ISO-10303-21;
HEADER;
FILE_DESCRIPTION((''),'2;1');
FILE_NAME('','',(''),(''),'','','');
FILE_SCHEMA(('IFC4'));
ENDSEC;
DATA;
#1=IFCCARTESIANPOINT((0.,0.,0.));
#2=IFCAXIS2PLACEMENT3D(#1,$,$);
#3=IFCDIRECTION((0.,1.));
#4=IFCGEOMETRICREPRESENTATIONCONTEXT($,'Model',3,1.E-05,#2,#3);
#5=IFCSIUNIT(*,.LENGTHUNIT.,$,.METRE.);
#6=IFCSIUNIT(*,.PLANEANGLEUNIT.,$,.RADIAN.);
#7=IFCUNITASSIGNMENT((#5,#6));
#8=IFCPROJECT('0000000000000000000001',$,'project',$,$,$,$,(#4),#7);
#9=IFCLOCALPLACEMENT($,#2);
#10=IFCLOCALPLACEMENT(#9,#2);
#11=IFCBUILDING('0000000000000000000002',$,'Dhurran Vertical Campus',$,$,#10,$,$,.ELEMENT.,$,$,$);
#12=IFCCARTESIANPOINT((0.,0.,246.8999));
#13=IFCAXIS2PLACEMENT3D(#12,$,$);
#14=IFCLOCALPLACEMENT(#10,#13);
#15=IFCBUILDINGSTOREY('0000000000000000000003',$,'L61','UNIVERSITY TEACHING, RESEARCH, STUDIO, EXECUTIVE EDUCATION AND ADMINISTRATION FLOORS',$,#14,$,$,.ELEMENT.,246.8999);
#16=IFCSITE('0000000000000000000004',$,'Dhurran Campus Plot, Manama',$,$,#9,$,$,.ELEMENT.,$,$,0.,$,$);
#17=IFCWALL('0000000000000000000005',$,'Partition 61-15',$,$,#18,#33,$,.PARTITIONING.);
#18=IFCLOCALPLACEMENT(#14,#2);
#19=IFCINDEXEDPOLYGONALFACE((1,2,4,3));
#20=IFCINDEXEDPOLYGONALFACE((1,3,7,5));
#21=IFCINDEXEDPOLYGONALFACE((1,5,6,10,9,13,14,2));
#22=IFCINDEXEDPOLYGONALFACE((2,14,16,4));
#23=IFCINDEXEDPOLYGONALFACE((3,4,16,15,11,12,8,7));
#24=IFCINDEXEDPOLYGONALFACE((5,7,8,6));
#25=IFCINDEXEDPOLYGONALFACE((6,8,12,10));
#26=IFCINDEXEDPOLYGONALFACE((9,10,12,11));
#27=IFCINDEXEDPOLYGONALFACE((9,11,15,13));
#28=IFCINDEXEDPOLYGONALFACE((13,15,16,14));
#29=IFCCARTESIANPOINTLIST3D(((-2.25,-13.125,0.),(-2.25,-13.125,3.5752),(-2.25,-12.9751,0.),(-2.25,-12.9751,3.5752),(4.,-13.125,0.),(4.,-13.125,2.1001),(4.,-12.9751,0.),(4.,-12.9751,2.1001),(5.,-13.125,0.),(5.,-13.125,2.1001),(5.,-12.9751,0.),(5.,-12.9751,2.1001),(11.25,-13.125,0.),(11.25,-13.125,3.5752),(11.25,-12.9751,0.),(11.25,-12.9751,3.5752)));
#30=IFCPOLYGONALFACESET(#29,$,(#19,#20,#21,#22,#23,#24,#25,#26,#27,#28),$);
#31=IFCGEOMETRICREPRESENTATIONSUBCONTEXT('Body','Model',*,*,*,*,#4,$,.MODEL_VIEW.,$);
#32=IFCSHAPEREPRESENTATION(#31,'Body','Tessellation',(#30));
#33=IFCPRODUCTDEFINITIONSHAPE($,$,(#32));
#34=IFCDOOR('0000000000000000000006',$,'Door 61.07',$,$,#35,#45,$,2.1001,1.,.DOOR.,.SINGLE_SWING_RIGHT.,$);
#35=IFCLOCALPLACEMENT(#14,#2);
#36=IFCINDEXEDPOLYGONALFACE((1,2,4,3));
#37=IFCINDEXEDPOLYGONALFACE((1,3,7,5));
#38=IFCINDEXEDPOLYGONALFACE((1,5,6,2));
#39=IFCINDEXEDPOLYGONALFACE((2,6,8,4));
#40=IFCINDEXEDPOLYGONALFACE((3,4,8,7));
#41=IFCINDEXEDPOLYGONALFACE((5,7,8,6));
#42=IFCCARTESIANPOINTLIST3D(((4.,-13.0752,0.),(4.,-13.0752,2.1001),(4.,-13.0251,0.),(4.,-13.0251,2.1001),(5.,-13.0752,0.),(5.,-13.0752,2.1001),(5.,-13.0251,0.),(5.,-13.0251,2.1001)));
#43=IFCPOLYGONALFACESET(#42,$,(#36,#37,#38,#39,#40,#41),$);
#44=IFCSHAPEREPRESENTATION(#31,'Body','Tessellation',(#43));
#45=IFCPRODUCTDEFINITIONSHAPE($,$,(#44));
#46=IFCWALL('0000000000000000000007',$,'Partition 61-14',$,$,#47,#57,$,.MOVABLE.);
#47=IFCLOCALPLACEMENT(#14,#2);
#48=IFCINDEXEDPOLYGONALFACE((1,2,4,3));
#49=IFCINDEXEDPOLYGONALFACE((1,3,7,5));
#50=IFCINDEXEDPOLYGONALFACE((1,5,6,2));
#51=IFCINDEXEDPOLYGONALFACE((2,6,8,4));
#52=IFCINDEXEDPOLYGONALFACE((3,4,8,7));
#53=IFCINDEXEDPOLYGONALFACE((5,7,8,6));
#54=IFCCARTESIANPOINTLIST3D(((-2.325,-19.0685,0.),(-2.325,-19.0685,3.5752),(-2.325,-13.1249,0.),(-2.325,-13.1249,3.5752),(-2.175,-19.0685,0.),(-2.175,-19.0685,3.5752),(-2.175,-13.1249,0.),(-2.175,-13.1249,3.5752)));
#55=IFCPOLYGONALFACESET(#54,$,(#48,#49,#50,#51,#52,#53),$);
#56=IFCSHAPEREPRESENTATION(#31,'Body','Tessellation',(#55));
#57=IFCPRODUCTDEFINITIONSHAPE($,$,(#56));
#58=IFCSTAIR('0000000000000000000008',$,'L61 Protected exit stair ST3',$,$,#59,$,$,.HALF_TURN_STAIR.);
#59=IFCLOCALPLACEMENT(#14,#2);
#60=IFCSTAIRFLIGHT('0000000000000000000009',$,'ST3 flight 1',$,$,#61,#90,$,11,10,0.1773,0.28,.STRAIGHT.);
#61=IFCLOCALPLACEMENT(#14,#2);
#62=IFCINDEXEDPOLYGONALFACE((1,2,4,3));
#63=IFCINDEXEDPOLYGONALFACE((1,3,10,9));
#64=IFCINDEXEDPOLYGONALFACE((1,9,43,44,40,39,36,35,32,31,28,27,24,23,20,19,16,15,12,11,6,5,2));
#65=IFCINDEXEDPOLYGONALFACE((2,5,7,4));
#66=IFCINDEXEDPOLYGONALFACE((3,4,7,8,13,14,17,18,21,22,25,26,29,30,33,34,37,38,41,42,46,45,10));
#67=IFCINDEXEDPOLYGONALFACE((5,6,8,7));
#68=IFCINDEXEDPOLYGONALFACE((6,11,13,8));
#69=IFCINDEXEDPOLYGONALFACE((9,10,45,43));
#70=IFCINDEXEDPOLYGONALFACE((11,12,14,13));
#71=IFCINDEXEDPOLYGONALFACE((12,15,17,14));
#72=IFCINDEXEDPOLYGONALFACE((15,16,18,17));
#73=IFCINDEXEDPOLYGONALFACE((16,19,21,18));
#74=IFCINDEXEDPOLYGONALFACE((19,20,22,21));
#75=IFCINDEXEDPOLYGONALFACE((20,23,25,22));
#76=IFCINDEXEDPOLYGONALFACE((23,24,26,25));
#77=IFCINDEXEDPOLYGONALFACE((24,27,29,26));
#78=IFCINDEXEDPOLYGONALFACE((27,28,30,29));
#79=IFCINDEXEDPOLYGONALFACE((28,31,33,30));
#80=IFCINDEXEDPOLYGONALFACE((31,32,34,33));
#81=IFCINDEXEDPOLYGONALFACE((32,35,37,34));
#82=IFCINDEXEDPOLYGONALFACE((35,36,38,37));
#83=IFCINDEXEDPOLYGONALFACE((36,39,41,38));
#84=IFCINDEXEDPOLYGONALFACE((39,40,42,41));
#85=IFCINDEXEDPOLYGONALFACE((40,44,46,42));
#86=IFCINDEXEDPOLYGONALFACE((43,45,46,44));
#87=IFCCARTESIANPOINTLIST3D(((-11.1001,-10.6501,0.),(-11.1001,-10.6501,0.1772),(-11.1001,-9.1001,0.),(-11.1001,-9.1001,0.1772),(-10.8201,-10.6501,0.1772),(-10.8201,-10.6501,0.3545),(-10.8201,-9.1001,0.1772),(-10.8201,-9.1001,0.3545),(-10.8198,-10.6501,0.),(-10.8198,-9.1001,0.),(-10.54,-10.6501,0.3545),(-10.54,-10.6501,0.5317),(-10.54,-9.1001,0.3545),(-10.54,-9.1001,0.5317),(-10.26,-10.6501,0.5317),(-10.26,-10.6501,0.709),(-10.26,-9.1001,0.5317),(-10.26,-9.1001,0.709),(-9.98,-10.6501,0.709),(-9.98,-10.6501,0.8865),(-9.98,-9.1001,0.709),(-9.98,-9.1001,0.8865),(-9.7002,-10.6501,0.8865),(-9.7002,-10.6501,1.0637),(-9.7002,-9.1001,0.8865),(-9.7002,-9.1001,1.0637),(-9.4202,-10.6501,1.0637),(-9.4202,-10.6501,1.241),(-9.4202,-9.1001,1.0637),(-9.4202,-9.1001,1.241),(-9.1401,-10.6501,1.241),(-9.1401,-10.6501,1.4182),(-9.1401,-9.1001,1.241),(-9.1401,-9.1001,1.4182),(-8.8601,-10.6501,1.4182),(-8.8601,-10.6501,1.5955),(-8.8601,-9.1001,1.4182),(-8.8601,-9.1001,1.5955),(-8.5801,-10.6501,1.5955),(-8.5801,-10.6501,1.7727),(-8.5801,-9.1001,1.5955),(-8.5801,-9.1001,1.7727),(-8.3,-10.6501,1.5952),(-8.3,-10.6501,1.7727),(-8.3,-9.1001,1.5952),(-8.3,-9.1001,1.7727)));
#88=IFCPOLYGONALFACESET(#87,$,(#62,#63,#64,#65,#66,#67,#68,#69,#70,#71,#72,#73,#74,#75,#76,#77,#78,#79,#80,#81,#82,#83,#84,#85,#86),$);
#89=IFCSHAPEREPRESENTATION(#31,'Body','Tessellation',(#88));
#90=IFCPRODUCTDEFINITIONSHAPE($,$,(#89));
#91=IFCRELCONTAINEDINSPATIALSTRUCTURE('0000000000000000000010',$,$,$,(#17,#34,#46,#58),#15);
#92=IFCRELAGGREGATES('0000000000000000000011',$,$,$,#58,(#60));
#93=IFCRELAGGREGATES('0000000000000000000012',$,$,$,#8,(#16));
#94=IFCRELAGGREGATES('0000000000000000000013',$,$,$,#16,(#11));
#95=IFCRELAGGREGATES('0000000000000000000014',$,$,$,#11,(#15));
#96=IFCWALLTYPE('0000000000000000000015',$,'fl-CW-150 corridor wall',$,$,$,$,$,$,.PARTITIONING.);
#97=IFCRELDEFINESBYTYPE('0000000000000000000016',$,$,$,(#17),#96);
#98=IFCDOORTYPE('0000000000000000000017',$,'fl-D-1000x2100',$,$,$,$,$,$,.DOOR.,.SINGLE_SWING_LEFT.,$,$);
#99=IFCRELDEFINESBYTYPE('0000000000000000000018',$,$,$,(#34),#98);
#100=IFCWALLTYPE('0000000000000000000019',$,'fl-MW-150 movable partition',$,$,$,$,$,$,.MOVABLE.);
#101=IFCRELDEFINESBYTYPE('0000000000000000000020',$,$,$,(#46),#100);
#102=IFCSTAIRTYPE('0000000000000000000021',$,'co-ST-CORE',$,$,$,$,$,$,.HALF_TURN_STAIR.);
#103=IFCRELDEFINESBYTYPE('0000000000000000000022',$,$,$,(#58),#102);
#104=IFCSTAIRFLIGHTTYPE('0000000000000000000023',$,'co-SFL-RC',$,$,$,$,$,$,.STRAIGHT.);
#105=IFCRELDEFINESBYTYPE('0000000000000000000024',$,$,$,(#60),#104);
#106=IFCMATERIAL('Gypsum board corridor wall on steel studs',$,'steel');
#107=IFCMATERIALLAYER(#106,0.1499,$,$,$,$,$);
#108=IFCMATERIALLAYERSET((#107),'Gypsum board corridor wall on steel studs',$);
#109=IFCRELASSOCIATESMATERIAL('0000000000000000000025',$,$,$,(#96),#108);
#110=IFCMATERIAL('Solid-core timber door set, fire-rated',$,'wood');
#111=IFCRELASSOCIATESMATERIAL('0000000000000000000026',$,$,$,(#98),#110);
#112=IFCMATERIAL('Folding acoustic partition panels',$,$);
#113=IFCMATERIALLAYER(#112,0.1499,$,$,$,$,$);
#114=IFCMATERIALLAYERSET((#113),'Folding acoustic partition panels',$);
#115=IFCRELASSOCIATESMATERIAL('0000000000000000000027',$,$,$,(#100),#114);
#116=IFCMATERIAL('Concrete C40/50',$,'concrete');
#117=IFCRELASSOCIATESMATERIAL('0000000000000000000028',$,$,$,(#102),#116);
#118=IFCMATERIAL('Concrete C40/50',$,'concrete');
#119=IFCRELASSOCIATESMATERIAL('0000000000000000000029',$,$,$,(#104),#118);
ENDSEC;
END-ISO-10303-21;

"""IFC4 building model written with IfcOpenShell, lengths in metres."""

from ifc_helpers import new_model, si_unit, direction, frame, frame_2d, origin, place, context, subcontext, project, spatial, polyline, rectangle, outline, extrude, material, layer, layer_set, type_object, element, fill, aggregate, save


model = new_model("IFC4")

# Units and contexts
model_context = context("Model", 3, precision=1e-05, world=origin(), true_north=direction((0.0, 1.0)))
body_context = subcontext(model_context, "Body", "Model", "MODEL_VIEW")
ifc_project = project(units=[si_unit("LENGTHUNIT", "METRE"), si_unit("PLANEANGLEUNIT", "RADIAN")], contexts=[model_context])

# Site, building, storey
site_placement = place(None, origin())
site = spatial("IfcSite", under=ifc_project, at=site_placement, Name="Dhurran Campus Plot, Manama", CompositionType="ELEMENT", RefElevation=0.0)
building_placement = place(site_placement, origin())
building = spatial("IfcBuilding", under=site, at=building_placement, Name="Dhurran Vertical Campus", CompositionType="ELEMENT")
storey_placement = place(building_placement, frame((0.0, 0.0, 246.8999)))
storey = spatial("IfcBuildingStorey", under=building, at=storey_placement, Name="L61", Description="UNIVERSITY TEACHING, RESEARCH, STUDIO, EXECUTIVE EDUCATION AND ADMINISTRATION FLOORS", CompositionType="ELEMENT", Elevation=246.8999)

# Wall, opening, door
ifc_material_1 = material(Name="Gypsum board corridor wall on steel studs", Category="steel")
ifc_layer_1 = layer(ifc_material_1, 0.1499)
ifc_layer_set_1 = layer_set([ifc_layer_1], Name="Gypsum board corridor wall on steel studs")
wall_type_1 = type_object("IfcWallType", Name="fl-CW-150 corridor wall", PredefinedType="PARTITIONING", material=ifc_layer_set_1)
wall_1_placement = place(storey_placement, frame((-2.25, -13.05, 0.0), z_axis=(0.0, 0.0, 1.0), x_axis=(1.0, 0.0, 0.0)))
wall_1 = element("IfcWall", 1, at=wall_1_placement, inside=storey, type_object=wall_type_1, Name="Partition 61-15", PredefinedType="PARTITIONING", context=body_context, shape_type="SweptSolid", body=[
    extrude(rectangle(XDim=13.5, YDim=0.1499, at=frame_2d((6.75, 0.0))), origin(), (0.0, 0.0, 1.0), 3.5752),
])
opening_1_placement = place(wall_1_placement, frame((6.25, 0.0, 0.0)))
opening_1 = element("IfcOpeningElement", 2, at=opening_1_placement, cuts=wall_1, PredefinedType="OPENING", context=body_context, shape_type="SweptSolid", body=[
    extrude(rectangle(XDim=1.0, YDim=2.1001, at=frame_2d((0.5, 1.05))), frame((0.0, 0.085, 0.0), z_axis=(0.0, -1.0, 0.0), x_axis=(1.0, 0.0, 0.0)), (0.0, 0.0, 1.0), 0.1699),
])
ifc_material_2 = material(Name="Solid-core timber door set, fire-rated", Category="wood")
door_type_1 = type_object("IfcDoorType", Name="fl-D-1000x2100", OperationType="SINGLE_SWING_LEFT", PredefinedType="DOOR", material=ifc_material_2)
door_1_placement = place(opening_1_placement, origin())
door_1 = element("IfcDoor", 3, at=door_1_placement, inside=storey, type_object=door_type_1, Name="Door 61.07", OperationType="SINGLE_SWING_RIGHT", OverallHeight=2.1001, OverallWidth=1.0, PredefinedType="DOOR", context=body_context, shape_type="SweptSolid", body=[
    extrude(rectangle(XDim=1.0, YDim=2.1001, at=frame_2d((0.5, 1.05))), frame((0.0, 0.0249, 0.0), z_axis=(0.0, -1.0, 0.0), x_axis=(1.0, 0.0, 0.0)), (0.0, 0.0, 1.0), 0.05),
])
fill(opening_1, door_1)

# Wall
ifc_material_3 = material(Name="Folding acoustic partition panels")
ifc_layer_2 = layer(ifc_material_3, 0.1499)
ifc_layer_set_2 = layer_set([ifc_layer_2], Name="Folding acoustic partition panels")
wall_type_2 = type_object("IfcWallType", Name="fl-MW-150 movable partition", PredefinedType="MOVABLE", material=ifc_layer_set_2)
wall_2_placement = place(storey_placement, frame((-2.25, -13.125, 0.0), z_axis=(0.0, 0.0, 1.0), x_axis=(0.0, -1.0, 0.0)))
element("IfcWall", 4, at=wall_2_placement, inside=storey, type_object=wall_type_2, Name="Partition 61-14", PredefinedType="MOVABLE", context=body_context, shape_type="SweptSolid", body=[
    extrude(rectangle(XDim=5.9436, YDim=0.1499, at=frame_2d((2.9717, 0.0))), origin(), (0.0, 0.0, 1.0), 3.5752),
])

# Stair, stair flight
ifc_material_4 = material(Name="Concrete C40/50", Category="concrete")
stair_type = type_object("IfcStairType", Name="co-ST-CORE", PredefinedType="HALF_TURN_STAIR", material=ifc_material_4)
stair_placement = place(storey_placement, origin())
stair = element("IfcStair", 5, at=stair_placement, inside=storey, type_object=stair_type, Name="L61 Protected exit stair ST3", PredefinedType="HALF_TURN_STAIR")
ifc_material_5 = material(Name="Concrete C40/50", Category="concrete")
stair_flight_type = type_object("IfcStairFlightType", Name="co-SFL-RC", PredefinedType="STRAIGHT", material=ifc_material_5)
stair_flight_placement = place(storey_placement, frame((-11.1001, -9.875, 0.0), z_axis=(0.0, 0.0, 1.0), x_axis=(1.0, 0.0, 0.0)))
stair_flight = element("IfcStairFlight", 6, at=stair_flight_placement, type_object=stair_flight_type, Name="ST3 flight 1", NumberOfRisers=11, NumberOfTreads=10, PredefinedType="STRAIGHT", RiserHeight=0.1773, TreadLength=0.28, context=body_context, shape_type="SweptSolid", body=[
    extrude(outline(polyline([(0.0, 0.0), (0.0, 0.1772), (0.28, 0.1772), (0.28, 0.3545), (0.5601, 0.3545), (0.5601, 0.5317), (0.8401, 0.5317), (0.8401, 0.709), (1.1201, 0.709), (1.1201, 0.8865), (1.3999, 0.8865), (1.3999, 1.0637), (1.6799, 1.0637), (1.6799, 1.241), (1.96, 1.241), (1.96, 1.4182), (2.24, 1.4182), (2.24, 1.5955), (2.52, 1.5955), (2.52, 1.7727), (2.8, 1.7727), (2.8, 1.95), (2.8, 1.5952), (0.2803, 0.0), (0.0, 0.0)])), frame((0.0, 0.7749, 0.0), z_axis=(0.0, -1.0, 0.0), x_axis=(1.0, 0.0, 0.0)), (0.0, 0.0, 1.0), 1.55),
])
aggregate(stair, [stair_flight])

save(model, "model.ifc")
